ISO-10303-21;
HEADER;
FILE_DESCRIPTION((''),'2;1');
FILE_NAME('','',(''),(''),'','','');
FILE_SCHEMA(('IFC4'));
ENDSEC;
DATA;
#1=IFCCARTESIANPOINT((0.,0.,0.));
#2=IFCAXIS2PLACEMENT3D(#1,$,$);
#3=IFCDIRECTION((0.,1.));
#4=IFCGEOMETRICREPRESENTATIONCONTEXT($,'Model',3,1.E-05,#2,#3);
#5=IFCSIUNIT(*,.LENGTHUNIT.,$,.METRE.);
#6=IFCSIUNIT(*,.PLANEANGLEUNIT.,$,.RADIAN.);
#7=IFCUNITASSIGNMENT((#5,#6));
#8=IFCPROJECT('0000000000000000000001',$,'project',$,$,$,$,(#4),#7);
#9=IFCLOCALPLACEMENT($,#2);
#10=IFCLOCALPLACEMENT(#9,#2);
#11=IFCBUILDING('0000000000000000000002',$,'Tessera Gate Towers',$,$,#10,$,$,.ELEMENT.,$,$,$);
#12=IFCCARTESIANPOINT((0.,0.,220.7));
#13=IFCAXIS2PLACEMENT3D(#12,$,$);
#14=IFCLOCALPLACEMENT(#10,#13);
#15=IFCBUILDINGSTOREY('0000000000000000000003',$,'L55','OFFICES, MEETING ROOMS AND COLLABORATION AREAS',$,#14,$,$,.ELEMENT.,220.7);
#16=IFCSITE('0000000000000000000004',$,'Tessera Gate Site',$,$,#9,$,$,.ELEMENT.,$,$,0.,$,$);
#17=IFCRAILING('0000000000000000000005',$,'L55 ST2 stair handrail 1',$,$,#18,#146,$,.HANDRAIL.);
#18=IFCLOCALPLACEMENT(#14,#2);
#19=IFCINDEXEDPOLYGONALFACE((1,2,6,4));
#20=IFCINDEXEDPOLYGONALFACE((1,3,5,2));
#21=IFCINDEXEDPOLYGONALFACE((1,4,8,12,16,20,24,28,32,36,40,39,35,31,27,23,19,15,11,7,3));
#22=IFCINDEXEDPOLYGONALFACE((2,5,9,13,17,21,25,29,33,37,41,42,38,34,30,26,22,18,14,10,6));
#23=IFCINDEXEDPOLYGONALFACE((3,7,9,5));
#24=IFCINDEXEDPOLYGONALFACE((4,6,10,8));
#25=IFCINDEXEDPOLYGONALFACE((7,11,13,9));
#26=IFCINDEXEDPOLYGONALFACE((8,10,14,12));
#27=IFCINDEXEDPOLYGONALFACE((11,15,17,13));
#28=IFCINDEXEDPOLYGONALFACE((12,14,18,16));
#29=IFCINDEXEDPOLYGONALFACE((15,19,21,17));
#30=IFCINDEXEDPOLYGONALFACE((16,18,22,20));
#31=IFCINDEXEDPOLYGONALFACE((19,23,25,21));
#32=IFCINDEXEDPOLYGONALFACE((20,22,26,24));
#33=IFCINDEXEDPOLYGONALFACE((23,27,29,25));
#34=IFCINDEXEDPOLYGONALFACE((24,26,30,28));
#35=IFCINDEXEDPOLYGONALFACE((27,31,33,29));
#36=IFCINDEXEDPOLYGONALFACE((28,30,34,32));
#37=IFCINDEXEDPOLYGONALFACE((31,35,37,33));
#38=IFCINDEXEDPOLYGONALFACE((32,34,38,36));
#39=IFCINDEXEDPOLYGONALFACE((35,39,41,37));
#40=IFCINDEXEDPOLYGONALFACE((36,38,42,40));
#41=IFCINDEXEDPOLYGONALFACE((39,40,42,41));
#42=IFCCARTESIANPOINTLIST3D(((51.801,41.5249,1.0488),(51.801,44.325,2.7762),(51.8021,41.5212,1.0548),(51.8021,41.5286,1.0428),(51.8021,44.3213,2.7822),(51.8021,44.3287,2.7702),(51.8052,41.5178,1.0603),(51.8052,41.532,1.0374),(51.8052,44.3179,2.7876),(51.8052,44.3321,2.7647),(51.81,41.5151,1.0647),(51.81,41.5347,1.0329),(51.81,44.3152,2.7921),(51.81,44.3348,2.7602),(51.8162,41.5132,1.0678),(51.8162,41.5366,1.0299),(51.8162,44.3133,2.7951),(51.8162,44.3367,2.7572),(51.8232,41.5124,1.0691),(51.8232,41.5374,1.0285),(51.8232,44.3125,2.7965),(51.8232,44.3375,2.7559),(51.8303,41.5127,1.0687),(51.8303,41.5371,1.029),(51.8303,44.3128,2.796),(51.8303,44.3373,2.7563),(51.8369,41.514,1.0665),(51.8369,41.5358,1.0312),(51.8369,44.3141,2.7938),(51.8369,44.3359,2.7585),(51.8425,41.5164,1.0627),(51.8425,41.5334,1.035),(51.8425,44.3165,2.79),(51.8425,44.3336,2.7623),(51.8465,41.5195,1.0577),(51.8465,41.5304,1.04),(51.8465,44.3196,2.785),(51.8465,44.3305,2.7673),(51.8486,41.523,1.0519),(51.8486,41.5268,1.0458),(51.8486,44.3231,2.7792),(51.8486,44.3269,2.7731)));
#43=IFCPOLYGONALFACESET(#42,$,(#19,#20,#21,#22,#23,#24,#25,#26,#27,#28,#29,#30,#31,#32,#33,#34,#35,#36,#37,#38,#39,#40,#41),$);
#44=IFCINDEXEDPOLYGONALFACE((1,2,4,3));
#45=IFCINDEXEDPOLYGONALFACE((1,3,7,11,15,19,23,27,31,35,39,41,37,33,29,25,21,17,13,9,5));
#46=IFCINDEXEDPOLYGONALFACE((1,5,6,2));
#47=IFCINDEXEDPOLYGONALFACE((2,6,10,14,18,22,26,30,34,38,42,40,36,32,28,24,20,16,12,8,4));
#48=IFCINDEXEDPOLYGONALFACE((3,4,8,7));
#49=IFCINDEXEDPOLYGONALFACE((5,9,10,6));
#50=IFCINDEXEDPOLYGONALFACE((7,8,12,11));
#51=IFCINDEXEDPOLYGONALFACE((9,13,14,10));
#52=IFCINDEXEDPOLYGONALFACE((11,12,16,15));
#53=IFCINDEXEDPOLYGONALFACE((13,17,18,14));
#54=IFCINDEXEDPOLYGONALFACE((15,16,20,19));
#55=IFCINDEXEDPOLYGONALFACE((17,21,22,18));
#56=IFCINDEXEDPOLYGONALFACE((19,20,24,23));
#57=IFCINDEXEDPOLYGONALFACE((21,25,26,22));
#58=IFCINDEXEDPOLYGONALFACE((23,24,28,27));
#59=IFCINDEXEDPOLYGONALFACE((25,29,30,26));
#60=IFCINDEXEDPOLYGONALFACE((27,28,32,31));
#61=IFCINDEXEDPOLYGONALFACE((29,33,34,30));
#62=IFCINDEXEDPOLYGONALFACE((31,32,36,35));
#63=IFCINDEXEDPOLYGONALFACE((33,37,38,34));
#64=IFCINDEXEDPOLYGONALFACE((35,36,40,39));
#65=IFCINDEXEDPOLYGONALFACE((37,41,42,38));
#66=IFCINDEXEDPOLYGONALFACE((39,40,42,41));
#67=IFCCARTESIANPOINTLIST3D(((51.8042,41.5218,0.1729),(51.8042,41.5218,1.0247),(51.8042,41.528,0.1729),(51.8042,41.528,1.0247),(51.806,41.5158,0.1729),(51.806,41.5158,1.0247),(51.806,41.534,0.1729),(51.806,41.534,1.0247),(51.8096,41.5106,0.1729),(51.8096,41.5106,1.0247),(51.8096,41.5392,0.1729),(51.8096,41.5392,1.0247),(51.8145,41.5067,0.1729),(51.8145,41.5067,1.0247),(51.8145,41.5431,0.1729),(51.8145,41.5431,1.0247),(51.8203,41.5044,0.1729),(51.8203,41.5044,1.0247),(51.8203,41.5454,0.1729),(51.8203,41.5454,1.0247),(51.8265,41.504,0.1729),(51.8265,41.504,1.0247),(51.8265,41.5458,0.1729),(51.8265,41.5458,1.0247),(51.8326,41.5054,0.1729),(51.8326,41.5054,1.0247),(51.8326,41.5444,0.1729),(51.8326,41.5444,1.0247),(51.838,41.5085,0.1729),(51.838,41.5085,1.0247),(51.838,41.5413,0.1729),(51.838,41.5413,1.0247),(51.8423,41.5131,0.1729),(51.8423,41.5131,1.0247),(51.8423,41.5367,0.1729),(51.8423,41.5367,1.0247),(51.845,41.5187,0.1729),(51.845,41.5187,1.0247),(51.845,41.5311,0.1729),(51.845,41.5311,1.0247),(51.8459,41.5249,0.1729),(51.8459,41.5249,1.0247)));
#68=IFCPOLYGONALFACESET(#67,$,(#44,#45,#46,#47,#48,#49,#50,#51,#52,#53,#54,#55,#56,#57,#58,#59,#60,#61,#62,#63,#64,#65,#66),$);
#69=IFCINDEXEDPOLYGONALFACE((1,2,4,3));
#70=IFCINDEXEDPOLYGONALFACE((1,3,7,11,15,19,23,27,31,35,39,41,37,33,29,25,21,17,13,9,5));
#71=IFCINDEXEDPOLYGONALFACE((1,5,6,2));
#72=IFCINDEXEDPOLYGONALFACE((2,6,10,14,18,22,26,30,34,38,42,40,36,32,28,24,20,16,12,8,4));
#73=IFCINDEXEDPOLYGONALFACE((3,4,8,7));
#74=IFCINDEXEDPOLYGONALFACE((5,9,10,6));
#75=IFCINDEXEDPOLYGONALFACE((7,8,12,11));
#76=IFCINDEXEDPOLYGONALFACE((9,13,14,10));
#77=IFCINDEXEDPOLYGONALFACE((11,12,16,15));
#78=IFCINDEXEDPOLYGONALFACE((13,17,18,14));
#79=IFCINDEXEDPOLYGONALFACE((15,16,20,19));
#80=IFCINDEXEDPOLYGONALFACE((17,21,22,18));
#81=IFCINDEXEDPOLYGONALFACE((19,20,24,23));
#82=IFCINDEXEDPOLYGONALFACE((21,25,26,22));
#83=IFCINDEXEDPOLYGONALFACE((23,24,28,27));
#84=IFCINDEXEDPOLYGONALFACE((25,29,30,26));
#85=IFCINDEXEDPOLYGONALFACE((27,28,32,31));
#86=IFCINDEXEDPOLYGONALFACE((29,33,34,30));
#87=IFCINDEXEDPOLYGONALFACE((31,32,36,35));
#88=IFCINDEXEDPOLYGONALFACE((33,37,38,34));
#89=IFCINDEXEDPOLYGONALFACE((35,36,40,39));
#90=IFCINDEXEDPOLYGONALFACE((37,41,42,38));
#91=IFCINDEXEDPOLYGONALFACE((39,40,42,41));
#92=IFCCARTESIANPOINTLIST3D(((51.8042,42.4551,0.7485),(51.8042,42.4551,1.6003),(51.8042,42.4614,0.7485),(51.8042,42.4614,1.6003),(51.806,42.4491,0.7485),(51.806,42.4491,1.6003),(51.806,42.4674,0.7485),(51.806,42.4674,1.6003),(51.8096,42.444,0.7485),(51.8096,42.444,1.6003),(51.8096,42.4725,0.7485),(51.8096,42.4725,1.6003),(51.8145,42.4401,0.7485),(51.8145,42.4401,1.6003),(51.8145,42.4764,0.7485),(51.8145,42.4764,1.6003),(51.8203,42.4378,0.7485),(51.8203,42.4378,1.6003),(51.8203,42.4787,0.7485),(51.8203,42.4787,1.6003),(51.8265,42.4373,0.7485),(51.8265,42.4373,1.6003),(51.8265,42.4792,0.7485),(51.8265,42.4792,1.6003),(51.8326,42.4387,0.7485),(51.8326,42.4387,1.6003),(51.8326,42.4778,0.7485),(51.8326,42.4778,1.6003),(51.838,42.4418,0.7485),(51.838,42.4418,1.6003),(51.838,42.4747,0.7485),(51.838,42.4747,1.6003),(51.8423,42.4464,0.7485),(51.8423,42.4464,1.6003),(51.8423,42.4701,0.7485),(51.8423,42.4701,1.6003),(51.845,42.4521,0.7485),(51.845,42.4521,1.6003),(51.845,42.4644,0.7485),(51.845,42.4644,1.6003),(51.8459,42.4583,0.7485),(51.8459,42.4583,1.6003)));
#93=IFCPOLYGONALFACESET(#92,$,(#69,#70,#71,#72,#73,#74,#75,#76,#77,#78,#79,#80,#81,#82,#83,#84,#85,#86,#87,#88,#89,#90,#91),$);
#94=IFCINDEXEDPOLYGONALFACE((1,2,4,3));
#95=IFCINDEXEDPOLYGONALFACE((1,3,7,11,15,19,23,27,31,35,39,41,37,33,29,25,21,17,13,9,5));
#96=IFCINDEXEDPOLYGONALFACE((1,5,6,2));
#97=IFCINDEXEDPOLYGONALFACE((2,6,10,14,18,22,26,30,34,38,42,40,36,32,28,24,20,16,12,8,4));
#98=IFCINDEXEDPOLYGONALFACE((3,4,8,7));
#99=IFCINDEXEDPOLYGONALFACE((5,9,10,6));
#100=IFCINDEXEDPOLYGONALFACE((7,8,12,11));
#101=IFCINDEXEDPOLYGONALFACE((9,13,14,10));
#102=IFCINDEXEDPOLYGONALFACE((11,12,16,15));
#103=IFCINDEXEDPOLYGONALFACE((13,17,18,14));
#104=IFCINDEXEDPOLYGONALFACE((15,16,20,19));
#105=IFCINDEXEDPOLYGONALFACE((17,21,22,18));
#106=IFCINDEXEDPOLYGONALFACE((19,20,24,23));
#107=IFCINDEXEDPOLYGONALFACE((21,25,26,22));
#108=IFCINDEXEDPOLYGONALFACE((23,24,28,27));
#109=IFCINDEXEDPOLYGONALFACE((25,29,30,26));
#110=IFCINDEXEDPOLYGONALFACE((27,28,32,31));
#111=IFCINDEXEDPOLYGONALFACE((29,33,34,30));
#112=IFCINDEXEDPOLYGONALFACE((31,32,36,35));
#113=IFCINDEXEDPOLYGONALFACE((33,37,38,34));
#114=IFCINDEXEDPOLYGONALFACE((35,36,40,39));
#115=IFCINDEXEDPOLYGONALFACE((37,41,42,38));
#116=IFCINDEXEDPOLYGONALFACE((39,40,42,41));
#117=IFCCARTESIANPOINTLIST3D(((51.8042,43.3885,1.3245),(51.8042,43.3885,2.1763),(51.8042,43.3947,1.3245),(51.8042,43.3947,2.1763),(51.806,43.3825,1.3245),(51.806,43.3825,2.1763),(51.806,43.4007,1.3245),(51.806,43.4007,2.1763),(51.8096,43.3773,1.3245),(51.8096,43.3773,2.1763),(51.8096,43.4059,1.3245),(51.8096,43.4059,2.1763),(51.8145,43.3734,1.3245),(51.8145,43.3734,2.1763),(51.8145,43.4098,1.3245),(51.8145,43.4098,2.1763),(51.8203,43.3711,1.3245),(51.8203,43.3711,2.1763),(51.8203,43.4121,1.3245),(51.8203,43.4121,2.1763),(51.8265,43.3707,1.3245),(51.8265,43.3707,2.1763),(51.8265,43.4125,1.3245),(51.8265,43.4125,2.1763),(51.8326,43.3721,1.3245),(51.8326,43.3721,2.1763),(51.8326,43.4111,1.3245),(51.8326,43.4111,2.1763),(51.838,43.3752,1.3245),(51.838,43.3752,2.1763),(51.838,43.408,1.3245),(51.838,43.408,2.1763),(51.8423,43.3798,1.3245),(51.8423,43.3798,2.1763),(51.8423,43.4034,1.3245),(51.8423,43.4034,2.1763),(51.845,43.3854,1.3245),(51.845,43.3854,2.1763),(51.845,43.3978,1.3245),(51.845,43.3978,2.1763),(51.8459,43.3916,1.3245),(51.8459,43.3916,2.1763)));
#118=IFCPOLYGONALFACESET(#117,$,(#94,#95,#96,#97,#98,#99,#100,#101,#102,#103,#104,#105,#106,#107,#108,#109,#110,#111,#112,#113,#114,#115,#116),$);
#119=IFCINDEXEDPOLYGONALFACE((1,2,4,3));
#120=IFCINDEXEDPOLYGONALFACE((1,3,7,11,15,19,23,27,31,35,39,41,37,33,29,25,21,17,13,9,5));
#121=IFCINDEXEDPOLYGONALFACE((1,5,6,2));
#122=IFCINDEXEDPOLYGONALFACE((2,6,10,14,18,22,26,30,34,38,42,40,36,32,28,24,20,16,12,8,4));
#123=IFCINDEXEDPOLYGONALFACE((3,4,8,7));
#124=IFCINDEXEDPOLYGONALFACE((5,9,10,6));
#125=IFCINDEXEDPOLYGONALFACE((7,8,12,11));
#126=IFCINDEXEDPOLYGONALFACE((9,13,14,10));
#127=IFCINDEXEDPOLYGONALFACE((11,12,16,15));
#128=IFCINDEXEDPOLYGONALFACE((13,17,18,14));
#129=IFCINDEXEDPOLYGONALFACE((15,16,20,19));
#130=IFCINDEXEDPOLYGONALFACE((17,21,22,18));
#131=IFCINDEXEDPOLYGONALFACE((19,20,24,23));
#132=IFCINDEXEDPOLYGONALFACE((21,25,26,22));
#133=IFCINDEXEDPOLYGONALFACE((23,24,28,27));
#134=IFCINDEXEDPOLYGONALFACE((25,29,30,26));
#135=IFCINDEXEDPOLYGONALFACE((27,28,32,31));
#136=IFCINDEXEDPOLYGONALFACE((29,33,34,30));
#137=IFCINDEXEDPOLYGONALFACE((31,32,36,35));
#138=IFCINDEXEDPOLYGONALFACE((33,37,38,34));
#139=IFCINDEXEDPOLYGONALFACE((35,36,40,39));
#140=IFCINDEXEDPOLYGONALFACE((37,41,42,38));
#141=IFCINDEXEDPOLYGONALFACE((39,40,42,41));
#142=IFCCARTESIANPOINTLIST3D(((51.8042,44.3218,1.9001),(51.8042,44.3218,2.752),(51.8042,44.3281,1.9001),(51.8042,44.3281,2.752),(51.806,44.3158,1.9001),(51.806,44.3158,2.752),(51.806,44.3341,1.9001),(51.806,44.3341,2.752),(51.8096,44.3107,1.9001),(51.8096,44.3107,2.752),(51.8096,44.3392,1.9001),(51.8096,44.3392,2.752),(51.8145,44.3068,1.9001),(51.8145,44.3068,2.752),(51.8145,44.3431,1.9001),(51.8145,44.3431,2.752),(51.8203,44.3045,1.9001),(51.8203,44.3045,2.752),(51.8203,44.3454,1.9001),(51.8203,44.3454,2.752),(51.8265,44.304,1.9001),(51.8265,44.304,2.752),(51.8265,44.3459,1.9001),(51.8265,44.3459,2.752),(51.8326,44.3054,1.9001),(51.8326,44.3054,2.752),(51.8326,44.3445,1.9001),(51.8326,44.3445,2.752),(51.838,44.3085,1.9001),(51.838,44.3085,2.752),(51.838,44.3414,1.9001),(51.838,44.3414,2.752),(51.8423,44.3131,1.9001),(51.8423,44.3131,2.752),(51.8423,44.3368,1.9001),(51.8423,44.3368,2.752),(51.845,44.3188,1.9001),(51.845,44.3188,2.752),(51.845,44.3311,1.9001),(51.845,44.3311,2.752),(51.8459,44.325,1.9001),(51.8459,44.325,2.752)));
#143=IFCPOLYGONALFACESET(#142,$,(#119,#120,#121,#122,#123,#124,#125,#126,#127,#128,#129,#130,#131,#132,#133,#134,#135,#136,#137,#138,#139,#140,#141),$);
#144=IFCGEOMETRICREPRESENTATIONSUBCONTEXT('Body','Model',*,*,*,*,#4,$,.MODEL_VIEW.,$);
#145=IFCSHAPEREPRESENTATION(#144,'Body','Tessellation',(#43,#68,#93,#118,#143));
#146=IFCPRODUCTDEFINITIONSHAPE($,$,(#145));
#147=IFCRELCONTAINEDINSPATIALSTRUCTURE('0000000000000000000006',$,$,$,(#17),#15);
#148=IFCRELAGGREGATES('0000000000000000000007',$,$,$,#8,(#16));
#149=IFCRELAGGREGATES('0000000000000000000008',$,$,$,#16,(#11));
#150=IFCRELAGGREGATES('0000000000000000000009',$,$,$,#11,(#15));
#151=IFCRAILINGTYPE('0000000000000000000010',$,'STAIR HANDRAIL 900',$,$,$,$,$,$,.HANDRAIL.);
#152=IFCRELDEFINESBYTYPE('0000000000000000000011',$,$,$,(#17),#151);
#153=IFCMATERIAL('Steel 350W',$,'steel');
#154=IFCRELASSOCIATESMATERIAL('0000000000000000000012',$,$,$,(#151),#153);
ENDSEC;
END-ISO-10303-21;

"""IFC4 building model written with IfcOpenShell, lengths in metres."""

from ifc_helpers import new_model, si_unit, direction, frame, origin, origin_2d, place, context, subcontext, project, spatial, circle, extrude, material, type_object, element, save


model = new_model("IFC4")

# Units and contexts
model_context = context("Model", 3, precision=1e-05, world=origin(), true_north=direction((0.0, 1.0)))
body_context = subcontext(model_context, "Body", "Model", "MODEL_VIEW")
ifc_project = project(units=[si_unit("LENGTHUNIT", "METRE"), si_unit("PLANEANGLEUNIT", "RADIAN")], contexts=[model_context])

# Site, building, storey
site_placement = place(None, origin())
site = spatial("IfcSite", under=ifc_project, at=site_placement, Name="Tessera Gate Site", CompositionType="ELEMENT", RefElevation=0.0)
building_placement = place(site_placement, origin())
building = spatial("IfcBuilding", under=site, at=building_placement, Name="Tessera Gate Towers", CompositionType="ELEMENT")
storey_placement = place(building_placement, frame((0.0, 0.0, 220.7)))
storey = spatial("IfcBuildingStorey", under=building, at=storey_placement, Name="L55", Description="OFFICES, MEETING ROOMS AND COLLABORATION AREAS", CompositionType="ELEMENT", Elevation=220.7)

# Railing
ifc_material_1 = material(Name="Steel 350W", Category="steel")
railing_type_1 = type_object("IfcRailingType", Name="STAIR HANDRAIL 900", PredefinedType="HANDRAIL", material=ifc_material_1)
railing_1_placement = place(storey_placement, frame((51.825, 41.5249, 0.1729)))
element("IfcRailing", 1, at=railing_1_placement, inside=storey, type_object=railing_type_1, Name="L55 ST2 stair handrail 1", PredefinedType="HANDRAIL", context=body_context, shape_type="SweptSolid", body=[
    extrude(circle(Radius=0.0239, at=origin_2d()), frame((0.0, 0.0, 0.876), z_axis=(0.0, 0.85109, 0.52502), x_axis=(-1.0, 0.0, 0.0)), (0.0, 0.0, 1.0), 3.29),
    extrude(circle(Radius=0.021, at=origin_2d()), origin(), (0.0, 0.0, 1.0), 0.8518),
    extrude(circle(Radius=0.021, at=origin_2d()), frame((0.0, 0.9333, 0.5757)), (0.0, 0.0, 1.0), 0.8518),
    extrude(circle(Radius=0.021, at=origin_2d()), frame((0.0, 1.8667, 1.1516)), (0.0, 0.0, 1.0), 0.8518),
    extrude(circle(Radius=0.021, at=origin_2d()), frame((0.0, 2.8, 1.7273)), (0.0, 0.0, 1.0), 0.8518),
])

save(model, "model.ifc")
